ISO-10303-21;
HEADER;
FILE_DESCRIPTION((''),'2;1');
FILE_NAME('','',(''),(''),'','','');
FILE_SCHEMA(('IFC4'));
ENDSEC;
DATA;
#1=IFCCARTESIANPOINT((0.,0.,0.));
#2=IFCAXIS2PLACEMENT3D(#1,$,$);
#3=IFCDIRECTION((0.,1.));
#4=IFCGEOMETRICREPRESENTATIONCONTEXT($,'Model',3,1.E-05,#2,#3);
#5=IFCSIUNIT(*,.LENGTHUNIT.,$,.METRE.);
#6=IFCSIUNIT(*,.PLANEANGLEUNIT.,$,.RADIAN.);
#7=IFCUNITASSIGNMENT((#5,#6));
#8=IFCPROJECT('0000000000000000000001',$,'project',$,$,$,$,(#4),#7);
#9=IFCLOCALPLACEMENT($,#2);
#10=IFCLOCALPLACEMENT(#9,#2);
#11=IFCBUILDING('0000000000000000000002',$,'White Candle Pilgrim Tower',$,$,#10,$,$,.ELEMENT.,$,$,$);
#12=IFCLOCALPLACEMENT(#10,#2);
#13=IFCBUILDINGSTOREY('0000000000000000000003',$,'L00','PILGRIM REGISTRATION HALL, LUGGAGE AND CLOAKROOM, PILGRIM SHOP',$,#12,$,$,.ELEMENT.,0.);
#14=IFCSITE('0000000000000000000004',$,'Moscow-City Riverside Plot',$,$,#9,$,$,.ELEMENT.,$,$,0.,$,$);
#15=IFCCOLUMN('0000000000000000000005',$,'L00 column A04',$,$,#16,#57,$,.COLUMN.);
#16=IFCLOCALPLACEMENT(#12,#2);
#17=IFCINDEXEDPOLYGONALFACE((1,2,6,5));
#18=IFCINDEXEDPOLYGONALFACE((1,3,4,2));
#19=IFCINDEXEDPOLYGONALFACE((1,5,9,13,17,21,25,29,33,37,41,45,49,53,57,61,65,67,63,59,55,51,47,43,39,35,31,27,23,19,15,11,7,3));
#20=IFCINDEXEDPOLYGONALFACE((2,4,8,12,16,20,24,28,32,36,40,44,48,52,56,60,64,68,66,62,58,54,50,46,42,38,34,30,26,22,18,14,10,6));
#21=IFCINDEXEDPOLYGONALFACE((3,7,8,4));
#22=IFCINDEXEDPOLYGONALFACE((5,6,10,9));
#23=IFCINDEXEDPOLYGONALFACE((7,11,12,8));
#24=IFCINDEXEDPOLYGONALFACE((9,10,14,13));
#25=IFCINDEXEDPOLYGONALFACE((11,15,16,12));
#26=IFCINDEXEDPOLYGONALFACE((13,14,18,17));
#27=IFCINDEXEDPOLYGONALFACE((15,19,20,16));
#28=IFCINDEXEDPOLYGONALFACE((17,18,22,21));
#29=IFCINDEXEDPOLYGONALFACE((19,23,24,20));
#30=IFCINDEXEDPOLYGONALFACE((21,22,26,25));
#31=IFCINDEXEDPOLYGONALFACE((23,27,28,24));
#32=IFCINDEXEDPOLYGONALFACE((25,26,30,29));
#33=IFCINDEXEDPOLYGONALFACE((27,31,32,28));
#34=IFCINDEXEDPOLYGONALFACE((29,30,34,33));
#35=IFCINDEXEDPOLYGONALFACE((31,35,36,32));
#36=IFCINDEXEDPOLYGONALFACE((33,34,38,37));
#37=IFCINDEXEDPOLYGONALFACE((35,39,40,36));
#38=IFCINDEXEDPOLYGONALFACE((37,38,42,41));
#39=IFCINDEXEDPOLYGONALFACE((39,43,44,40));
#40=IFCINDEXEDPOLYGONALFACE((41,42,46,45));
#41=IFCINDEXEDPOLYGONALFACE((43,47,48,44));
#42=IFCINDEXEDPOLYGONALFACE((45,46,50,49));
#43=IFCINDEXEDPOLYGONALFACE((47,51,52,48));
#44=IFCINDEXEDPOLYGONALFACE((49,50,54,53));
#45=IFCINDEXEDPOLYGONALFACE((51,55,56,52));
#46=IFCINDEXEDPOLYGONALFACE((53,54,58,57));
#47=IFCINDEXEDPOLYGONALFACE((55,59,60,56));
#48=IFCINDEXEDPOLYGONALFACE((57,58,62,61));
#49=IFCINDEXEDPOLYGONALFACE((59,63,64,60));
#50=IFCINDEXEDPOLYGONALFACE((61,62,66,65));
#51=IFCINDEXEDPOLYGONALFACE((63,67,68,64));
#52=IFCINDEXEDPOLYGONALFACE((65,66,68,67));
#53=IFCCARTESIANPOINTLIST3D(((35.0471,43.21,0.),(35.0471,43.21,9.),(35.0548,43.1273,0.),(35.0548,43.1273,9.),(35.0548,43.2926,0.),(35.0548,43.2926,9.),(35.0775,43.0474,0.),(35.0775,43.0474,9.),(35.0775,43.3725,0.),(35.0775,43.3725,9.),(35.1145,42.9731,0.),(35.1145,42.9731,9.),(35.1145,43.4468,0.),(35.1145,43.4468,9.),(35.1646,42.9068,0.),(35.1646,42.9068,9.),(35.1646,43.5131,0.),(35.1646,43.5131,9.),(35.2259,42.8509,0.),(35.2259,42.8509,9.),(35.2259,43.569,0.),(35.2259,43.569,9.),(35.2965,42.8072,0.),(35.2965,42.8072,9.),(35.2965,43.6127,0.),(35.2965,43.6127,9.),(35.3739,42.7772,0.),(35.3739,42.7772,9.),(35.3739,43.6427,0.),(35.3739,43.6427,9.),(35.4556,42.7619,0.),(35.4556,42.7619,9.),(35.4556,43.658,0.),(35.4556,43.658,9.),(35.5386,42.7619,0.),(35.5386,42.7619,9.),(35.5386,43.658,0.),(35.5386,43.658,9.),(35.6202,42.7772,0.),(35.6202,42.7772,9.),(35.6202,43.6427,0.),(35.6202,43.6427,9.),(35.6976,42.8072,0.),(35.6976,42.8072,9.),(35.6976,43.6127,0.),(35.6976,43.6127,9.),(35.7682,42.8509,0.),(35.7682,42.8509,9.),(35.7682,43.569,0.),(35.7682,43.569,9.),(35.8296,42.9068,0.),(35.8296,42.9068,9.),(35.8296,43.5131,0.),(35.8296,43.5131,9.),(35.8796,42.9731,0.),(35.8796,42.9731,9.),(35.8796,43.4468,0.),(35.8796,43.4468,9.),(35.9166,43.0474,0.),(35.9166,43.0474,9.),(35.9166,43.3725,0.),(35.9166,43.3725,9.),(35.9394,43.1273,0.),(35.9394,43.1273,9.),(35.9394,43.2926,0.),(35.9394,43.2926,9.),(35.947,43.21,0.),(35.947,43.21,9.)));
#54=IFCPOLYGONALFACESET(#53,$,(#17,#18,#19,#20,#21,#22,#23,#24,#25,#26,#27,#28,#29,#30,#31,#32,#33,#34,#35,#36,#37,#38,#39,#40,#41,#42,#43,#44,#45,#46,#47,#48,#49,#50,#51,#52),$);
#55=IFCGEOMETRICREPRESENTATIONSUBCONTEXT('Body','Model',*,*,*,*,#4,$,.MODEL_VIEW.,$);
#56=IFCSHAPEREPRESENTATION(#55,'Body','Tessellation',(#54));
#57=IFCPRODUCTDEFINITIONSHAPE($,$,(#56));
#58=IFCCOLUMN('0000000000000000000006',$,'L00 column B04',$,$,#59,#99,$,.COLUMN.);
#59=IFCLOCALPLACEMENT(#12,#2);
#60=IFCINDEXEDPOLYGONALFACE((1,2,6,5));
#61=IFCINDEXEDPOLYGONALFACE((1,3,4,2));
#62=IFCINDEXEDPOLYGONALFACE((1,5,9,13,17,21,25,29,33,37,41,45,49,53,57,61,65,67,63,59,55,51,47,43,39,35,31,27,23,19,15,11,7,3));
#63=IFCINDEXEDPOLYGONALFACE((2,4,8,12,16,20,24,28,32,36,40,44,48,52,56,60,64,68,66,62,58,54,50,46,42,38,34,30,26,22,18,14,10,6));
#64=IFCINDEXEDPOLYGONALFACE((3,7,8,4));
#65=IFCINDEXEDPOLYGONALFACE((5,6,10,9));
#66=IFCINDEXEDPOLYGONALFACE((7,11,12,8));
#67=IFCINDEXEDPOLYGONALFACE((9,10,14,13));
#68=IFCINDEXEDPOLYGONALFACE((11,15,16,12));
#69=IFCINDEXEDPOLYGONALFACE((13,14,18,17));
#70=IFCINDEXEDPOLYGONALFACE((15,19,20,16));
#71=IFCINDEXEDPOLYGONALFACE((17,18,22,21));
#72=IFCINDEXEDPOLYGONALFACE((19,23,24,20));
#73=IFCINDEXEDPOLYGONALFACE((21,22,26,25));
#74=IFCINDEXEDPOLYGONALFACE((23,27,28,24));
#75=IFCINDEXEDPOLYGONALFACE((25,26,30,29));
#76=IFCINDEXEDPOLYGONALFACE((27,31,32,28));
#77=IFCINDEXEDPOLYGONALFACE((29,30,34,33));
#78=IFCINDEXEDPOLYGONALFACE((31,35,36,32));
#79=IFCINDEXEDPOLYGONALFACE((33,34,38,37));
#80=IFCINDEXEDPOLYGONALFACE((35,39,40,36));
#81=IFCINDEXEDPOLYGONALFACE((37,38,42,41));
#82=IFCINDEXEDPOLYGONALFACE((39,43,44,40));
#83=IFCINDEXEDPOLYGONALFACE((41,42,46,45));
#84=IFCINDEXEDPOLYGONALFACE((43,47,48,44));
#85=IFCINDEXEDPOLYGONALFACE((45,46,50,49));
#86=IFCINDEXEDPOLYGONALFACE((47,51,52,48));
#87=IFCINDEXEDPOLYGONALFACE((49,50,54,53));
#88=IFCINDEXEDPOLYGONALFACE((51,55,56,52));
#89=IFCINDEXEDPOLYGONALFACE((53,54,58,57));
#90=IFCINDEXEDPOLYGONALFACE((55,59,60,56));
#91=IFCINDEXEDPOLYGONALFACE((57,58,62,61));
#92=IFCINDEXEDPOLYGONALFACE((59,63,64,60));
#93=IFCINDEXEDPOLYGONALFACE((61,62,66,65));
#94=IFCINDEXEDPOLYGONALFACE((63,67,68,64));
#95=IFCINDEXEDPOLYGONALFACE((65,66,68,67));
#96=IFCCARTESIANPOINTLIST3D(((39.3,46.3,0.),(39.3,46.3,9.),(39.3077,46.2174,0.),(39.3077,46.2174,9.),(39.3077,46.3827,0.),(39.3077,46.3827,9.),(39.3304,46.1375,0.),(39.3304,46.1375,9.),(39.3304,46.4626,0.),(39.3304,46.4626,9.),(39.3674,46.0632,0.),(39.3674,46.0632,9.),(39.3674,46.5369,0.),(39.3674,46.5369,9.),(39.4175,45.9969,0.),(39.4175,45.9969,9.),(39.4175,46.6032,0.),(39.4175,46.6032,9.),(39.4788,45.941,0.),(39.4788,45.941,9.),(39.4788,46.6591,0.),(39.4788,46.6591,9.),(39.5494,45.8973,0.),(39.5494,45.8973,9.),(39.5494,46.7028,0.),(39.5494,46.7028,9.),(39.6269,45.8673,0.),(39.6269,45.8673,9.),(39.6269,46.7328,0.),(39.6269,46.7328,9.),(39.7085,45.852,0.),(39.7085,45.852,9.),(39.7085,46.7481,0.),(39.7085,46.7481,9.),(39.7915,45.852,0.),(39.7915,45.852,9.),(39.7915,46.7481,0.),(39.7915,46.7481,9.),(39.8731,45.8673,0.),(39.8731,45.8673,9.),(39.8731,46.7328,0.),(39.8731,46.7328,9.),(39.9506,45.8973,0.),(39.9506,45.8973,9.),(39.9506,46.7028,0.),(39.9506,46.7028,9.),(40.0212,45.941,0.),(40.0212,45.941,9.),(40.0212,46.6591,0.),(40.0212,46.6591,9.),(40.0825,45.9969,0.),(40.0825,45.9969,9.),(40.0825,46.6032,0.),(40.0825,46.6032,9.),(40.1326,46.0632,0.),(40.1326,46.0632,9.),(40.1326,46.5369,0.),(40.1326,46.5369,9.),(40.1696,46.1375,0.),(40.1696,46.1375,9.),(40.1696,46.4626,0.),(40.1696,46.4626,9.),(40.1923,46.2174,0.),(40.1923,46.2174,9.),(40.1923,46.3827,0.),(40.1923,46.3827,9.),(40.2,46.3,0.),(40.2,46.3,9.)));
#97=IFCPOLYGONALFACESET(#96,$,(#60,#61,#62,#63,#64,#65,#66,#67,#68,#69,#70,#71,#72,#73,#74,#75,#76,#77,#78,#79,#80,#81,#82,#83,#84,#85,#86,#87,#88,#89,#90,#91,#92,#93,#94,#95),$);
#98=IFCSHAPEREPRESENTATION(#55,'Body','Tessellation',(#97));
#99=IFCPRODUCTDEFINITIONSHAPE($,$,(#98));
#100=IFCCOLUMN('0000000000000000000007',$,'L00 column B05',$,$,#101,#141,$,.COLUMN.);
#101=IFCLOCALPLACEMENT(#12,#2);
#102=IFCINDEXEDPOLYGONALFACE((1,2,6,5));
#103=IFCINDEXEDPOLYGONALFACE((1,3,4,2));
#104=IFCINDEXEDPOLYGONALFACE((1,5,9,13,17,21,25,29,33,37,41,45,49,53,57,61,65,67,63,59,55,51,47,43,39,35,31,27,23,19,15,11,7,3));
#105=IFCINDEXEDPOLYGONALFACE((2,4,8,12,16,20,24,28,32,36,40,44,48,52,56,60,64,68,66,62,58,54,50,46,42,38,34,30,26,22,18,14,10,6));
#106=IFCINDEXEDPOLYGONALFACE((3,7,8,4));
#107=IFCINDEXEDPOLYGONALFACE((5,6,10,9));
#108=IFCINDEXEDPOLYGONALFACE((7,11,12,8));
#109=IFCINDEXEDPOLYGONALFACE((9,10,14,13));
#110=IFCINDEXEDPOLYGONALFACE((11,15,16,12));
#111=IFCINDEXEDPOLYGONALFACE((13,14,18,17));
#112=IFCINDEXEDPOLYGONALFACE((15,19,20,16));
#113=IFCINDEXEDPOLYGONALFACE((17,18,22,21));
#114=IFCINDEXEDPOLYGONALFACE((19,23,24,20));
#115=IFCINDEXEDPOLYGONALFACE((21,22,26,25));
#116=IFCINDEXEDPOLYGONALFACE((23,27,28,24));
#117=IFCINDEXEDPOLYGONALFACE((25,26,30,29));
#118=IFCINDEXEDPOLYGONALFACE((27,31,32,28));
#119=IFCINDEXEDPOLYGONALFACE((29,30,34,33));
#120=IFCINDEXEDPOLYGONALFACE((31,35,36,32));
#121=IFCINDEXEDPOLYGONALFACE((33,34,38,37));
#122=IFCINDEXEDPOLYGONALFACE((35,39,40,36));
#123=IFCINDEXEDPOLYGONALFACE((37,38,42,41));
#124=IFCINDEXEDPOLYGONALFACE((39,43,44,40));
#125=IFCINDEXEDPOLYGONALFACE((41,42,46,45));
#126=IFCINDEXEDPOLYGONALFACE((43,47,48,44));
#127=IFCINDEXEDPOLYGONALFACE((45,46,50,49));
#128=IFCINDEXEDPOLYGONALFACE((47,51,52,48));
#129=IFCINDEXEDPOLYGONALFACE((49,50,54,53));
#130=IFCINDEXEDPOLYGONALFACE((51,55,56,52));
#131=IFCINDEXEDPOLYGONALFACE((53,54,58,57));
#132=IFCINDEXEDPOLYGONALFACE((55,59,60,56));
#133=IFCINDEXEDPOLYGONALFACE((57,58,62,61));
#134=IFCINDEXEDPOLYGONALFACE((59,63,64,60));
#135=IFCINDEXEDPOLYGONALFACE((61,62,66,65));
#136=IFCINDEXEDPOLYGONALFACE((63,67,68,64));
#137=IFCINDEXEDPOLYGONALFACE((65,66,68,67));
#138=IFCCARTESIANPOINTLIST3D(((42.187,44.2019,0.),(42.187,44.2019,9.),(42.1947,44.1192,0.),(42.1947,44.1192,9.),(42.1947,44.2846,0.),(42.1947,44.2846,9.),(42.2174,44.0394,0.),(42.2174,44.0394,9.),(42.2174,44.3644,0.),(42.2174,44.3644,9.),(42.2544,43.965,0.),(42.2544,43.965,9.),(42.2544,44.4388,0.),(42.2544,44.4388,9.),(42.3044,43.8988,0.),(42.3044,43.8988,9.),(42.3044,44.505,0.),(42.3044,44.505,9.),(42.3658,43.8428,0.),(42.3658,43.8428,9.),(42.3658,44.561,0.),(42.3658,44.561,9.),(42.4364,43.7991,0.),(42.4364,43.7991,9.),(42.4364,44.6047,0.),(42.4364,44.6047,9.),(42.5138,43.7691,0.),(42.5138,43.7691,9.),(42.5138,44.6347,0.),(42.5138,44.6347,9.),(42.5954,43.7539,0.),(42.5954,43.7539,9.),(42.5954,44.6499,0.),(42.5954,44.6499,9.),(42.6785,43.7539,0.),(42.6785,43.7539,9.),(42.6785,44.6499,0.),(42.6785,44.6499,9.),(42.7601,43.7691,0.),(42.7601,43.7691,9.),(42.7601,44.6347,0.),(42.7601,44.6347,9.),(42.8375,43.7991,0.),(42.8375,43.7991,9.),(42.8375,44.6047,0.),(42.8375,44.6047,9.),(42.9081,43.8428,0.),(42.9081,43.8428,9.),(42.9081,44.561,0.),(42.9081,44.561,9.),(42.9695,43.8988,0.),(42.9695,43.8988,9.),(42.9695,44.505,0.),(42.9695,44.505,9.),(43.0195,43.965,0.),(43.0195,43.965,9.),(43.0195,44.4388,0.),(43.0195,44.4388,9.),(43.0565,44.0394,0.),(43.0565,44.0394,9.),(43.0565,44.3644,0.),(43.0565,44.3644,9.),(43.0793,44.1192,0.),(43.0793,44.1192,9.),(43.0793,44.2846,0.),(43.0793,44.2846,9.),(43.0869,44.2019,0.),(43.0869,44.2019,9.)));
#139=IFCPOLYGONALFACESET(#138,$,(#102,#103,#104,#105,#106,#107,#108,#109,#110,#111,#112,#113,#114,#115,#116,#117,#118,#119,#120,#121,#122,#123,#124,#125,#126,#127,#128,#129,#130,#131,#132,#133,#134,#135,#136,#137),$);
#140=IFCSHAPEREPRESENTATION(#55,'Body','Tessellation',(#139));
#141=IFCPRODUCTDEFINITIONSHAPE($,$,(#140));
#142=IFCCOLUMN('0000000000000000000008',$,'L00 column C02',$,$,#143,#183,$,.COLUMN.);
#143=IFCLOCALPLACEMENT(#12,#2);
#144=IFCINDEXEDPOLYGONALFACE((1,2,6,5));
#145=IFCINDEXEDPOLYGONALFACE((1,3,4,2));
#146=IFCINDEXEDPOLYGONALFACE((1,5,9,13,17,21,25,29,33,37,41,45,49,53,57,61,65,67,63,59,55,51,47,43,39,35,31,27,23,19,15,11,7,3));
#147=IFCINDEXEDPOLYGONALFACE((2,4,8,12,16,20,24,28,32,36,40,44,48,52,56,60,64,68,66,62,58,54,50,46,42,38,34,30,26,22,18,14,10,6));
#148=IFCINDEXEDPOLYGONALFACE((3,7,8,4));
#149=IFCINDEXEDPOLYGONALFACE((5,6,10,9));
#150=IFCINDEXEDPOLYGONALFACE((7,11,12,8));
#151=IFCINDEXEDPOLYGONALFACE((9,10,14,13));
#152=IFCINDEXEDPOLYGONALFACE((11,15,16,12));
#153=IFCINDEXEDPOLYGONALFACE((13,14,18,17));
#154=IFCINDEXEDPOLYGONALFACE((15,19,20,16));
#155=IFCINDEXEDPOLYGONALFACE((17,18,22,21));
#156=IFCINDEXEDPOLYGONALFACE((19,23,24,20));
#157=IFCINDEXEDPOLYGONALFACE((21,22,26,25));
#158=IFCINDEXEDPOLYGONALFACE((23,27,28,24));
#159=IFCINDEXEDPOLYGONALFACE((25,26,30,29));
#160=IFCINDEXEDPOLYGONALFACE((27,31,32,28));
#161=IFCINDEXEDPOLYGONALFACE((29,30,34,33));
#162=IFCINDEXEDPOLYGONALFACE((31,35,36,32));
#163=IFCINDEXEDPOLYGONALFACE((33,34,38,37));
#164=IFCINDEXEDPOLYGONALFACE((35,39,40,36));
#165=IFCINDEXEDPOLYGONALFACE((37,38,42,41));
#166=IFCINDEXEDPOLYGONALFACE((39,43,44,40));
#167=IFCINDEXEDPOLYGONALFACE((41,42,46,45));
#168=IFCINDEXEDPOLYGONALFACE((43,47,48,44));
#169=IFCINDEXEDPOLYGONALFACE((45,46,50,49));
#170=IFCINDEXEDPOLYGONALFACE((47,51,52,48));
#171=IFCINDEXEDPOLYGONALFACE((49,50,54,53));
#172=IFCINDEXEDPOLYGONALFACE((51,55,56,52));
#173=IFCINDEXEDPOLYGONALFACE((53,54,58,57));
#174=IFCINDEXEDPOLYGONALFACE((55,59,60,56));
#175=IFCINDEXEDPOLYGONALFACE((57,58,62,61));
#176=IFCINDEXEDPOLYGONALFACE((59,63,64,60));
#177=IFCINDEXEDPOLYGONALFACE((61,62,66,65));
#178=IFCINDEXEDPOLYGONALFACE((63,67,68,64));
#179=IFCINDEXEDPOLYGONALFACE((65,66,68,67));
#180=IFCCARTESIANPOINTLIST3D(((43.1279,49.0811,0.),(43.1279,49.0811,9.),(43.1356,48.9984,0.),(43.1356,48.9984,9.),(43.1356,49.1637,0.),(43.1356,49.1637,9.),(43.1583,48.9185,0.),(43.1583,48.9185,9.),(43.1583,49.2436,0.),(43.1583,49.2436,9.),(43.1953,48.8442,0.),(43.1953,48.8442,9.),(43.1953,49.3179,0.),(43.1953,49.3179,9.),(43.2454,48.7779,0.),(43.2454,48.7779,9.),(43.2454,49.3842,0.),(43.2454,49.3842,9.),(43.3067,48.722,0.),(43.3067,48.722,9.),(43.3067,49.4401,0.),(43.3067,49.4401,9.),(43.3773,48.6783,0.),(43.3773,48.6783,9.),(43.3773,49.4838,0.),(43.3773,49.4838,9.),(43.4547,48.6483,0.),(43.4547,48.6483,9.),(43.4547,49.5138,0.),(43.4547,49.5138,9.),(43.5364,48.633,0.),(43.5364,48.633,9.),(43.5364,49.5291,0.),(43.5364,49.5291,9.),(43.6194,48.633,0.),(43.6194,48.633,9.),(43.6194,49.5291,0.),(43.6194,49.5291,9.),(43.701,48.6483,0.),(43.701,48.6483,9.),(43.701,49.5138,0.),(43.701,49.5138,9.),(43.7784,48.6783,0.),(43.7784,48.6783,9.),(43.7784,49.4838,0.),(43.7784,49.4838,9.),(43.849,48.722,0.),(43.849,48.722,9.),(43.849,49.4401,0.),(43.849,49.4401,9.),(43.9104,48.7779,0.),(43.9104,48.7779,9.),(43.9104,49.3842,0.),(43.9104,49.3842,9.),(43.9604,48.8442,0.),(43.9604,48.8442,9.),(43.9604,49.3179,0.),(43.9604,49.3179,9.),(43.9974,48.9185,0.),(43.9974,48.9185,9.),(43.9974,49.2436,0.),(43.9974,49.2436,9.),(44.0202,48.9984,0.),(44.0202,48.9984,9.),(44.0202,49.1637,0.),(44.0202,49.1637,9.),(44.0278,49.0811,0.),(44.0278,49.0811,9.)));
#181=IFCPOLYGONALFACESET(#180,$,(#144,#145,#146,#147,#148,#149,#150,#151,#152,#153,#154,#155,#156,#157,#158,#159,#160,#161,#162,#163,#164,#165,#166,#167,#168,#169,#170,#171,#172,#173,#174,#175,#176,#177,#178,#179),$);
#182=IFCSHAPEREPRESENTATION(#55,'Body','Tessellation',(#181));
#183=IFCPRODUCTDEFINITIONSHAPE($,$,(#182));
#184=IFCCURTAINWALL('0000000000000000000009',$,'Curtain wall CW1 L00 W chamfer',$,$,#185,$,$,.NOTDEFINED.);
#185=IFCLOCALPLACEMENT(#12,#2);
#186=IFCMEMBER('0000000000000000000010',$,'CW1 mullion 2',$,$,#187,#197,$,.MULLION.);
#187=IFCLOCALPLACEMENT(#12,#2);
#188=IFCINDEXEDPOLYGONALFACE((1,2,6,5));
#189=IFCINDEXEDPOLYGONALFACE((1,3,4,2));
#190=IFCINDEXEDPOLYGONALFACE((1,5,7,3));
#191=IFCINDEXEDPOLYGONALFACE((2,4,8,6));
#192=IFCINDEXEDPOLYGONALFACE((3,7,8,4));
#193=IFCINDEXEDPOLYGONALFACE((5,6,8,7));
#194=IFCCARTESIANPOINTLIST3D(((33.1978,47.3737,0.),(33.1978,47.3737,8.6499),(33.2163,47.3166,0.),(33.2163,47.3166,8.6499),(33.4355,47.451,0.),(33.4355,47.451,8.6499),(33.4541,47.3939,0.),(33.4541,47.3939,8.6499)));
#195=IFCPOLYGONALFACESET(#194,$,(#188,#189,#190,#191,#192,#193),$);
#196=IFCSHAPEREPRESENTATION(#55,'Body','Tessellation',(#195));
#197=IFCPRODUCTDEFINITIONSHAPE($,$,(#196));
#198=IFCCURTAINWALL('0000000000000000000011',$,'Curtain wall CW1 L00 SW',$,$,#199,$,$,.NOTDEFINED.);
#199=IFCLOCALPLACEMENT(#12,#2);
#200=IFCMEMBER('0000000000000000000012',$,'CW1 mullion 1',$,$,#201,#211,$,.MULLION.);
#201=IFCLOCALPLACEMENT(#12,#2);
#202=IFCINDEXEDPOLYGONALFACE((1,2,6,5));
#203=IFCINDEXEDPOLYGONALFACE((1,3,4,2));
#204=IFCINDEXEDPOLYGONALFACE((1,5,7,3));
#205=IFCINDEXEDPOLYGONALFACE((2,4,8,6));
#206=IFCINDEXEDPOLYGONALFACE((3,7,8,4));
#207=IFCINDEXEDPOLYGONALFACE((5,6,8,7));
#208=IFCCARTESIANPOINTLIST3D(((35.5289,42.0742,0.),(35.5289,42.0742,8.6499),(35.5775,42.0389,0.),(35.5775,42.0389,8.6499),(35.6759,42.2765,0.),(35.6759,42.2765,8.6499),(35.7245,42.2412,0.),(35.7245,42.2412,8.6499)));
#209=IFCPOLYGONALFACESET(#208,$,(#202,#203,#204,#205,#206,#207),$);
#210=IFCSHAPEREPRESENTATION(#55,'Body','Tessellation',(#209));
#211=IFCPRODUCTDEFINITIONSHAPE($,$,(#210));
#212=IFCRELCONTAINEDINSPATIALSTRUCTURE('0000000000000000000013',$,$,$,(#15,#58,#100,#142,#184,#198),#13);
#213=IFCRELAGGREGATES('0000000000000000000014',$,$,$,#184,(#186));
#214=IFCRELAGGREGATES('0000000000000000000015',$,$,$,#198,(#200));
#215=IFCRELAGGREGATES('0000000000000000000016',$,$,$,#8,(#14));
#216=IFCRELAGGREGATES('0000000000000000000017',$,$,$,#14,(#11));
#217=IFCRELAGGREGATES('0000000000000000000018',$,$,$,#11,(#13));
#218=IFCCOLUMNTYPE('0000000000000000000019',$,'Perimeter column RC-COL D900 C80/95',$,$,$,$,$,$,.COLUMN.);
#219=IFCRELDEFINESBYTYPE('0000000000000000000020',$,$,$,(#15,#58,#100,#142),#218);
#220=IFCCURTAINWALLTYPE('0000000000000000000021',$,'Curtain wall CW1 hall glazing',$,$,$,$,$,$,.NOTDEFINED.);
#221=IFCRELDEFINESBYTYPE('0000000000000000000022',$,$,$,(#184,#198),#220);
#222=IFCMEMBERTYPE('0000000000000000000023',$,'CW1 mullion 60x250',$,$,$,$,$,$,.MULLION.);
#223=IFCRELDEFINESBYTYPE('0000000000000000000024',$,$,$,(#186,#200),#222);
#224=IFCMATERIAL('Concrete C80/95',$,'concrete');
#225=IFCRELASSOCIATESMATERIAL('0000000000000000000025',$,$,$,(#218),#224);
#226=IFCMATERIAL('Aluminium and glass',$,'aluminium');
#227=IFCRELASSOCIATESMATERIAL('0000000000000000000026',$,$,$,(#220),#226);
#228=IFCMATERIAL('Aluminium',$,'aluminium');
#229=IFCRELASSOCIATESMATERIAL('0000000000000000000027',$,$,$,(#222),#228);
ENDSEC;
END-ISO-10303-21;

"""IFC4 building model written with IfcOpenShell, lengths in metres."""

from ifc_helpers import new_model, si_unit, direction, frame, origin, origin_2d, place, context, subcontext, project, spatial, rectangle, circle, extrude, material, material_profile, profile_set, type_object, element, aggregate, save


model = new_model("IFC4")

# Units and contexts
model_context = context("Model", 3, precision=1e-05, world=origin(), true_north=direction((0.0, 1.0)))
body_context = subcontext(model_context, "Body", "Model", "MODEL_VIEW")
ifc_project = project(units=[si_unit("LENGTHUNIT", "METRE"), si_unit("PLANEANGLEUNIT", "RADIAN")], contexts=[model_context])

# Site, building, storey
site_placement = place(None, origin())
site = spatial("IfcSite", under=ifc_project, at=site_placement, Name="Moscow-City Riverside Plot", CompositionType="ELEMENT", RefElevation=0.0)
building_placement = place(site_placement, origin())
building = spatial("IfcBuilding", under=site, at=building_placement, Name="White Candle Pilgrim Tower", CompositionType="ELEMENT")
storey_placement = place(building_placement, origin())
storey = spatial("IfcBuildingStorey", under=building, at=storey_placement, Name="L00", Description="PILGRIM REGISTRATION HALL, LUGGAGE AND CLOAKROOM, PILGRIM SHOP", CompositionType="ELEMENT", Elevation=0.0)

# Columns
ifc_material_1 = material(Name="Concrete C80/95", Category="concrete")
ifc_material_profile_1 = material_profile(ifc_material_1, circle(Radius=0.45, at=origin_2d()), Name="RC-COL D900")
ifc_profile_set_1 = profile_set([ifc_material_profile_1], Name="Concrete C80/95")
column_type = type_object("IfcColumnType", Name="Perimeter column RC-COL D900 C80/95", PredefinedType="COLUMN", material=ifc_profile_set_1)
for number, where, z_axis, x_axis, name in (
    (1, (35.4971, 43.21, 0.0), (0.0, 0.0, 1.0), (1.0, 0.0, 0.0), "L00 column A04"),
    (2, (39.75, 46.3, 0.0), (0.0, 0.0, 1.0), (1.0, 0.0, 0.0), "L00 column B04"),
    (3, (42.637, 44.2019, 0.0), (0.0, 0.0, 1.0), (1.0, 0.0, 0.0), "L00 column B05"),
    (4, (43.5779, 49.0811, 0.0), (0.0, 0.0, 1.0), (1.0, 0.0, 0.0), "L00 column C02"),
):
    element("IfcColumn", number, at=place(storey_placement, frame(where, z_axis=z_axis, x_axis=x_axis)), inside=storey, type_object=column_type, Name=name, PredefinedType="COLUMN", context=body_context, shape_type="SweptSolid", body=[
        extrude(circle(Radius=0.45, at=origin_2d()), origin(), (0.0, 0.0, 1.0), 9.0),
    ])

# Curtain wall, member
ifc_material_2 = material(Name="Aluminium and glass", Category="aluminium")
curtain_wall_type = type_object("IfcCurtainWallType", Name="Curtain wall CW1 hall glazing", PredefinedType="NOTDEFINED", material=ifc_material_2)
curtain_wall_1_placement = place(storey_placement, origin())
curtain_wall_1 = element("IfcCurtainWall", 5, at=curtain_wall_1_placement, inside=storey, type_object=curtain_wall_type, Name="Curtain wall CW1 L00 W chamfer", PredefinedType="NOTDEFINED")
ifc_material_3 = material(Name="Aluminium", Category="aluminium")
ifc_material_profile_2 = material_profile(ifc_material_3, rectangle(XDim=0.25, YDim=0.0601, at=origin_2d()), Name="CW1 mullion 60x250")
ifc_profile_set_2 = profile_set([ifc_material_profile_2], Name="Aluminium")
member_type_1 = type_object("IfcMemberType", Name="CW1 mullion 60x250", PredefinedType="MULLION", material=ifc_profile_set_2)
member_1_placement = place(storey_placement, frame((33.3259, 47.3838, 0.0), z_axis=(0.0, 0.0, 1.0), x_axis=(0.951057, 0.309017, 0.0)))
member_1 = element("IfcMember", 6, at=member_1_placement, type_object=member_type_1, Name="CW1 mullion 2", PredefinedType="MULLION", context=body_context, shape_type="SweptSolid", body=[
    extrude(rectangle(XDim=0.25, YDim=0.0601, at=origin_2d()), origin(), (0.0, 0.0, 1.0), 8.6499),
])

# Curtain wall, member
curtain_wall_2_placement = place(storey_placement, origin())
curtain_wall_2 = element("IfcCurtainWall", 7, at=curtain_wall_2_placement, inside=storey, type_object=curtain_wall_type, Name="Curtain wall CW1 L00 SW", PredefinedType="NOTDEFINED")
member_2_placement = place(storey_placement, frame((35.6267, 42.1577, 0.0), z_axis=(0.0, 0.0, 1.0), x_axis=(0.587785, 0.809017, 0.0)))
member_2 = element("IfcMember", 8, at=member_2_placement, type_object=member_type_1, Name="CW1 mullion 1", PredefinedType="MULLION", context=body_context, shape_type="SweptSolid", body=[
    extrude(rectangle(XDim=0.25, YDim=0.0601, at=origin_2d()), origin(), (0.0, 0.0, 1.0), 8.6499),
])

aggregate(curtain_wall_1, [member_1])
aggregate(curtain_wall_2, [member_2])

save(model, "model.ifc")
